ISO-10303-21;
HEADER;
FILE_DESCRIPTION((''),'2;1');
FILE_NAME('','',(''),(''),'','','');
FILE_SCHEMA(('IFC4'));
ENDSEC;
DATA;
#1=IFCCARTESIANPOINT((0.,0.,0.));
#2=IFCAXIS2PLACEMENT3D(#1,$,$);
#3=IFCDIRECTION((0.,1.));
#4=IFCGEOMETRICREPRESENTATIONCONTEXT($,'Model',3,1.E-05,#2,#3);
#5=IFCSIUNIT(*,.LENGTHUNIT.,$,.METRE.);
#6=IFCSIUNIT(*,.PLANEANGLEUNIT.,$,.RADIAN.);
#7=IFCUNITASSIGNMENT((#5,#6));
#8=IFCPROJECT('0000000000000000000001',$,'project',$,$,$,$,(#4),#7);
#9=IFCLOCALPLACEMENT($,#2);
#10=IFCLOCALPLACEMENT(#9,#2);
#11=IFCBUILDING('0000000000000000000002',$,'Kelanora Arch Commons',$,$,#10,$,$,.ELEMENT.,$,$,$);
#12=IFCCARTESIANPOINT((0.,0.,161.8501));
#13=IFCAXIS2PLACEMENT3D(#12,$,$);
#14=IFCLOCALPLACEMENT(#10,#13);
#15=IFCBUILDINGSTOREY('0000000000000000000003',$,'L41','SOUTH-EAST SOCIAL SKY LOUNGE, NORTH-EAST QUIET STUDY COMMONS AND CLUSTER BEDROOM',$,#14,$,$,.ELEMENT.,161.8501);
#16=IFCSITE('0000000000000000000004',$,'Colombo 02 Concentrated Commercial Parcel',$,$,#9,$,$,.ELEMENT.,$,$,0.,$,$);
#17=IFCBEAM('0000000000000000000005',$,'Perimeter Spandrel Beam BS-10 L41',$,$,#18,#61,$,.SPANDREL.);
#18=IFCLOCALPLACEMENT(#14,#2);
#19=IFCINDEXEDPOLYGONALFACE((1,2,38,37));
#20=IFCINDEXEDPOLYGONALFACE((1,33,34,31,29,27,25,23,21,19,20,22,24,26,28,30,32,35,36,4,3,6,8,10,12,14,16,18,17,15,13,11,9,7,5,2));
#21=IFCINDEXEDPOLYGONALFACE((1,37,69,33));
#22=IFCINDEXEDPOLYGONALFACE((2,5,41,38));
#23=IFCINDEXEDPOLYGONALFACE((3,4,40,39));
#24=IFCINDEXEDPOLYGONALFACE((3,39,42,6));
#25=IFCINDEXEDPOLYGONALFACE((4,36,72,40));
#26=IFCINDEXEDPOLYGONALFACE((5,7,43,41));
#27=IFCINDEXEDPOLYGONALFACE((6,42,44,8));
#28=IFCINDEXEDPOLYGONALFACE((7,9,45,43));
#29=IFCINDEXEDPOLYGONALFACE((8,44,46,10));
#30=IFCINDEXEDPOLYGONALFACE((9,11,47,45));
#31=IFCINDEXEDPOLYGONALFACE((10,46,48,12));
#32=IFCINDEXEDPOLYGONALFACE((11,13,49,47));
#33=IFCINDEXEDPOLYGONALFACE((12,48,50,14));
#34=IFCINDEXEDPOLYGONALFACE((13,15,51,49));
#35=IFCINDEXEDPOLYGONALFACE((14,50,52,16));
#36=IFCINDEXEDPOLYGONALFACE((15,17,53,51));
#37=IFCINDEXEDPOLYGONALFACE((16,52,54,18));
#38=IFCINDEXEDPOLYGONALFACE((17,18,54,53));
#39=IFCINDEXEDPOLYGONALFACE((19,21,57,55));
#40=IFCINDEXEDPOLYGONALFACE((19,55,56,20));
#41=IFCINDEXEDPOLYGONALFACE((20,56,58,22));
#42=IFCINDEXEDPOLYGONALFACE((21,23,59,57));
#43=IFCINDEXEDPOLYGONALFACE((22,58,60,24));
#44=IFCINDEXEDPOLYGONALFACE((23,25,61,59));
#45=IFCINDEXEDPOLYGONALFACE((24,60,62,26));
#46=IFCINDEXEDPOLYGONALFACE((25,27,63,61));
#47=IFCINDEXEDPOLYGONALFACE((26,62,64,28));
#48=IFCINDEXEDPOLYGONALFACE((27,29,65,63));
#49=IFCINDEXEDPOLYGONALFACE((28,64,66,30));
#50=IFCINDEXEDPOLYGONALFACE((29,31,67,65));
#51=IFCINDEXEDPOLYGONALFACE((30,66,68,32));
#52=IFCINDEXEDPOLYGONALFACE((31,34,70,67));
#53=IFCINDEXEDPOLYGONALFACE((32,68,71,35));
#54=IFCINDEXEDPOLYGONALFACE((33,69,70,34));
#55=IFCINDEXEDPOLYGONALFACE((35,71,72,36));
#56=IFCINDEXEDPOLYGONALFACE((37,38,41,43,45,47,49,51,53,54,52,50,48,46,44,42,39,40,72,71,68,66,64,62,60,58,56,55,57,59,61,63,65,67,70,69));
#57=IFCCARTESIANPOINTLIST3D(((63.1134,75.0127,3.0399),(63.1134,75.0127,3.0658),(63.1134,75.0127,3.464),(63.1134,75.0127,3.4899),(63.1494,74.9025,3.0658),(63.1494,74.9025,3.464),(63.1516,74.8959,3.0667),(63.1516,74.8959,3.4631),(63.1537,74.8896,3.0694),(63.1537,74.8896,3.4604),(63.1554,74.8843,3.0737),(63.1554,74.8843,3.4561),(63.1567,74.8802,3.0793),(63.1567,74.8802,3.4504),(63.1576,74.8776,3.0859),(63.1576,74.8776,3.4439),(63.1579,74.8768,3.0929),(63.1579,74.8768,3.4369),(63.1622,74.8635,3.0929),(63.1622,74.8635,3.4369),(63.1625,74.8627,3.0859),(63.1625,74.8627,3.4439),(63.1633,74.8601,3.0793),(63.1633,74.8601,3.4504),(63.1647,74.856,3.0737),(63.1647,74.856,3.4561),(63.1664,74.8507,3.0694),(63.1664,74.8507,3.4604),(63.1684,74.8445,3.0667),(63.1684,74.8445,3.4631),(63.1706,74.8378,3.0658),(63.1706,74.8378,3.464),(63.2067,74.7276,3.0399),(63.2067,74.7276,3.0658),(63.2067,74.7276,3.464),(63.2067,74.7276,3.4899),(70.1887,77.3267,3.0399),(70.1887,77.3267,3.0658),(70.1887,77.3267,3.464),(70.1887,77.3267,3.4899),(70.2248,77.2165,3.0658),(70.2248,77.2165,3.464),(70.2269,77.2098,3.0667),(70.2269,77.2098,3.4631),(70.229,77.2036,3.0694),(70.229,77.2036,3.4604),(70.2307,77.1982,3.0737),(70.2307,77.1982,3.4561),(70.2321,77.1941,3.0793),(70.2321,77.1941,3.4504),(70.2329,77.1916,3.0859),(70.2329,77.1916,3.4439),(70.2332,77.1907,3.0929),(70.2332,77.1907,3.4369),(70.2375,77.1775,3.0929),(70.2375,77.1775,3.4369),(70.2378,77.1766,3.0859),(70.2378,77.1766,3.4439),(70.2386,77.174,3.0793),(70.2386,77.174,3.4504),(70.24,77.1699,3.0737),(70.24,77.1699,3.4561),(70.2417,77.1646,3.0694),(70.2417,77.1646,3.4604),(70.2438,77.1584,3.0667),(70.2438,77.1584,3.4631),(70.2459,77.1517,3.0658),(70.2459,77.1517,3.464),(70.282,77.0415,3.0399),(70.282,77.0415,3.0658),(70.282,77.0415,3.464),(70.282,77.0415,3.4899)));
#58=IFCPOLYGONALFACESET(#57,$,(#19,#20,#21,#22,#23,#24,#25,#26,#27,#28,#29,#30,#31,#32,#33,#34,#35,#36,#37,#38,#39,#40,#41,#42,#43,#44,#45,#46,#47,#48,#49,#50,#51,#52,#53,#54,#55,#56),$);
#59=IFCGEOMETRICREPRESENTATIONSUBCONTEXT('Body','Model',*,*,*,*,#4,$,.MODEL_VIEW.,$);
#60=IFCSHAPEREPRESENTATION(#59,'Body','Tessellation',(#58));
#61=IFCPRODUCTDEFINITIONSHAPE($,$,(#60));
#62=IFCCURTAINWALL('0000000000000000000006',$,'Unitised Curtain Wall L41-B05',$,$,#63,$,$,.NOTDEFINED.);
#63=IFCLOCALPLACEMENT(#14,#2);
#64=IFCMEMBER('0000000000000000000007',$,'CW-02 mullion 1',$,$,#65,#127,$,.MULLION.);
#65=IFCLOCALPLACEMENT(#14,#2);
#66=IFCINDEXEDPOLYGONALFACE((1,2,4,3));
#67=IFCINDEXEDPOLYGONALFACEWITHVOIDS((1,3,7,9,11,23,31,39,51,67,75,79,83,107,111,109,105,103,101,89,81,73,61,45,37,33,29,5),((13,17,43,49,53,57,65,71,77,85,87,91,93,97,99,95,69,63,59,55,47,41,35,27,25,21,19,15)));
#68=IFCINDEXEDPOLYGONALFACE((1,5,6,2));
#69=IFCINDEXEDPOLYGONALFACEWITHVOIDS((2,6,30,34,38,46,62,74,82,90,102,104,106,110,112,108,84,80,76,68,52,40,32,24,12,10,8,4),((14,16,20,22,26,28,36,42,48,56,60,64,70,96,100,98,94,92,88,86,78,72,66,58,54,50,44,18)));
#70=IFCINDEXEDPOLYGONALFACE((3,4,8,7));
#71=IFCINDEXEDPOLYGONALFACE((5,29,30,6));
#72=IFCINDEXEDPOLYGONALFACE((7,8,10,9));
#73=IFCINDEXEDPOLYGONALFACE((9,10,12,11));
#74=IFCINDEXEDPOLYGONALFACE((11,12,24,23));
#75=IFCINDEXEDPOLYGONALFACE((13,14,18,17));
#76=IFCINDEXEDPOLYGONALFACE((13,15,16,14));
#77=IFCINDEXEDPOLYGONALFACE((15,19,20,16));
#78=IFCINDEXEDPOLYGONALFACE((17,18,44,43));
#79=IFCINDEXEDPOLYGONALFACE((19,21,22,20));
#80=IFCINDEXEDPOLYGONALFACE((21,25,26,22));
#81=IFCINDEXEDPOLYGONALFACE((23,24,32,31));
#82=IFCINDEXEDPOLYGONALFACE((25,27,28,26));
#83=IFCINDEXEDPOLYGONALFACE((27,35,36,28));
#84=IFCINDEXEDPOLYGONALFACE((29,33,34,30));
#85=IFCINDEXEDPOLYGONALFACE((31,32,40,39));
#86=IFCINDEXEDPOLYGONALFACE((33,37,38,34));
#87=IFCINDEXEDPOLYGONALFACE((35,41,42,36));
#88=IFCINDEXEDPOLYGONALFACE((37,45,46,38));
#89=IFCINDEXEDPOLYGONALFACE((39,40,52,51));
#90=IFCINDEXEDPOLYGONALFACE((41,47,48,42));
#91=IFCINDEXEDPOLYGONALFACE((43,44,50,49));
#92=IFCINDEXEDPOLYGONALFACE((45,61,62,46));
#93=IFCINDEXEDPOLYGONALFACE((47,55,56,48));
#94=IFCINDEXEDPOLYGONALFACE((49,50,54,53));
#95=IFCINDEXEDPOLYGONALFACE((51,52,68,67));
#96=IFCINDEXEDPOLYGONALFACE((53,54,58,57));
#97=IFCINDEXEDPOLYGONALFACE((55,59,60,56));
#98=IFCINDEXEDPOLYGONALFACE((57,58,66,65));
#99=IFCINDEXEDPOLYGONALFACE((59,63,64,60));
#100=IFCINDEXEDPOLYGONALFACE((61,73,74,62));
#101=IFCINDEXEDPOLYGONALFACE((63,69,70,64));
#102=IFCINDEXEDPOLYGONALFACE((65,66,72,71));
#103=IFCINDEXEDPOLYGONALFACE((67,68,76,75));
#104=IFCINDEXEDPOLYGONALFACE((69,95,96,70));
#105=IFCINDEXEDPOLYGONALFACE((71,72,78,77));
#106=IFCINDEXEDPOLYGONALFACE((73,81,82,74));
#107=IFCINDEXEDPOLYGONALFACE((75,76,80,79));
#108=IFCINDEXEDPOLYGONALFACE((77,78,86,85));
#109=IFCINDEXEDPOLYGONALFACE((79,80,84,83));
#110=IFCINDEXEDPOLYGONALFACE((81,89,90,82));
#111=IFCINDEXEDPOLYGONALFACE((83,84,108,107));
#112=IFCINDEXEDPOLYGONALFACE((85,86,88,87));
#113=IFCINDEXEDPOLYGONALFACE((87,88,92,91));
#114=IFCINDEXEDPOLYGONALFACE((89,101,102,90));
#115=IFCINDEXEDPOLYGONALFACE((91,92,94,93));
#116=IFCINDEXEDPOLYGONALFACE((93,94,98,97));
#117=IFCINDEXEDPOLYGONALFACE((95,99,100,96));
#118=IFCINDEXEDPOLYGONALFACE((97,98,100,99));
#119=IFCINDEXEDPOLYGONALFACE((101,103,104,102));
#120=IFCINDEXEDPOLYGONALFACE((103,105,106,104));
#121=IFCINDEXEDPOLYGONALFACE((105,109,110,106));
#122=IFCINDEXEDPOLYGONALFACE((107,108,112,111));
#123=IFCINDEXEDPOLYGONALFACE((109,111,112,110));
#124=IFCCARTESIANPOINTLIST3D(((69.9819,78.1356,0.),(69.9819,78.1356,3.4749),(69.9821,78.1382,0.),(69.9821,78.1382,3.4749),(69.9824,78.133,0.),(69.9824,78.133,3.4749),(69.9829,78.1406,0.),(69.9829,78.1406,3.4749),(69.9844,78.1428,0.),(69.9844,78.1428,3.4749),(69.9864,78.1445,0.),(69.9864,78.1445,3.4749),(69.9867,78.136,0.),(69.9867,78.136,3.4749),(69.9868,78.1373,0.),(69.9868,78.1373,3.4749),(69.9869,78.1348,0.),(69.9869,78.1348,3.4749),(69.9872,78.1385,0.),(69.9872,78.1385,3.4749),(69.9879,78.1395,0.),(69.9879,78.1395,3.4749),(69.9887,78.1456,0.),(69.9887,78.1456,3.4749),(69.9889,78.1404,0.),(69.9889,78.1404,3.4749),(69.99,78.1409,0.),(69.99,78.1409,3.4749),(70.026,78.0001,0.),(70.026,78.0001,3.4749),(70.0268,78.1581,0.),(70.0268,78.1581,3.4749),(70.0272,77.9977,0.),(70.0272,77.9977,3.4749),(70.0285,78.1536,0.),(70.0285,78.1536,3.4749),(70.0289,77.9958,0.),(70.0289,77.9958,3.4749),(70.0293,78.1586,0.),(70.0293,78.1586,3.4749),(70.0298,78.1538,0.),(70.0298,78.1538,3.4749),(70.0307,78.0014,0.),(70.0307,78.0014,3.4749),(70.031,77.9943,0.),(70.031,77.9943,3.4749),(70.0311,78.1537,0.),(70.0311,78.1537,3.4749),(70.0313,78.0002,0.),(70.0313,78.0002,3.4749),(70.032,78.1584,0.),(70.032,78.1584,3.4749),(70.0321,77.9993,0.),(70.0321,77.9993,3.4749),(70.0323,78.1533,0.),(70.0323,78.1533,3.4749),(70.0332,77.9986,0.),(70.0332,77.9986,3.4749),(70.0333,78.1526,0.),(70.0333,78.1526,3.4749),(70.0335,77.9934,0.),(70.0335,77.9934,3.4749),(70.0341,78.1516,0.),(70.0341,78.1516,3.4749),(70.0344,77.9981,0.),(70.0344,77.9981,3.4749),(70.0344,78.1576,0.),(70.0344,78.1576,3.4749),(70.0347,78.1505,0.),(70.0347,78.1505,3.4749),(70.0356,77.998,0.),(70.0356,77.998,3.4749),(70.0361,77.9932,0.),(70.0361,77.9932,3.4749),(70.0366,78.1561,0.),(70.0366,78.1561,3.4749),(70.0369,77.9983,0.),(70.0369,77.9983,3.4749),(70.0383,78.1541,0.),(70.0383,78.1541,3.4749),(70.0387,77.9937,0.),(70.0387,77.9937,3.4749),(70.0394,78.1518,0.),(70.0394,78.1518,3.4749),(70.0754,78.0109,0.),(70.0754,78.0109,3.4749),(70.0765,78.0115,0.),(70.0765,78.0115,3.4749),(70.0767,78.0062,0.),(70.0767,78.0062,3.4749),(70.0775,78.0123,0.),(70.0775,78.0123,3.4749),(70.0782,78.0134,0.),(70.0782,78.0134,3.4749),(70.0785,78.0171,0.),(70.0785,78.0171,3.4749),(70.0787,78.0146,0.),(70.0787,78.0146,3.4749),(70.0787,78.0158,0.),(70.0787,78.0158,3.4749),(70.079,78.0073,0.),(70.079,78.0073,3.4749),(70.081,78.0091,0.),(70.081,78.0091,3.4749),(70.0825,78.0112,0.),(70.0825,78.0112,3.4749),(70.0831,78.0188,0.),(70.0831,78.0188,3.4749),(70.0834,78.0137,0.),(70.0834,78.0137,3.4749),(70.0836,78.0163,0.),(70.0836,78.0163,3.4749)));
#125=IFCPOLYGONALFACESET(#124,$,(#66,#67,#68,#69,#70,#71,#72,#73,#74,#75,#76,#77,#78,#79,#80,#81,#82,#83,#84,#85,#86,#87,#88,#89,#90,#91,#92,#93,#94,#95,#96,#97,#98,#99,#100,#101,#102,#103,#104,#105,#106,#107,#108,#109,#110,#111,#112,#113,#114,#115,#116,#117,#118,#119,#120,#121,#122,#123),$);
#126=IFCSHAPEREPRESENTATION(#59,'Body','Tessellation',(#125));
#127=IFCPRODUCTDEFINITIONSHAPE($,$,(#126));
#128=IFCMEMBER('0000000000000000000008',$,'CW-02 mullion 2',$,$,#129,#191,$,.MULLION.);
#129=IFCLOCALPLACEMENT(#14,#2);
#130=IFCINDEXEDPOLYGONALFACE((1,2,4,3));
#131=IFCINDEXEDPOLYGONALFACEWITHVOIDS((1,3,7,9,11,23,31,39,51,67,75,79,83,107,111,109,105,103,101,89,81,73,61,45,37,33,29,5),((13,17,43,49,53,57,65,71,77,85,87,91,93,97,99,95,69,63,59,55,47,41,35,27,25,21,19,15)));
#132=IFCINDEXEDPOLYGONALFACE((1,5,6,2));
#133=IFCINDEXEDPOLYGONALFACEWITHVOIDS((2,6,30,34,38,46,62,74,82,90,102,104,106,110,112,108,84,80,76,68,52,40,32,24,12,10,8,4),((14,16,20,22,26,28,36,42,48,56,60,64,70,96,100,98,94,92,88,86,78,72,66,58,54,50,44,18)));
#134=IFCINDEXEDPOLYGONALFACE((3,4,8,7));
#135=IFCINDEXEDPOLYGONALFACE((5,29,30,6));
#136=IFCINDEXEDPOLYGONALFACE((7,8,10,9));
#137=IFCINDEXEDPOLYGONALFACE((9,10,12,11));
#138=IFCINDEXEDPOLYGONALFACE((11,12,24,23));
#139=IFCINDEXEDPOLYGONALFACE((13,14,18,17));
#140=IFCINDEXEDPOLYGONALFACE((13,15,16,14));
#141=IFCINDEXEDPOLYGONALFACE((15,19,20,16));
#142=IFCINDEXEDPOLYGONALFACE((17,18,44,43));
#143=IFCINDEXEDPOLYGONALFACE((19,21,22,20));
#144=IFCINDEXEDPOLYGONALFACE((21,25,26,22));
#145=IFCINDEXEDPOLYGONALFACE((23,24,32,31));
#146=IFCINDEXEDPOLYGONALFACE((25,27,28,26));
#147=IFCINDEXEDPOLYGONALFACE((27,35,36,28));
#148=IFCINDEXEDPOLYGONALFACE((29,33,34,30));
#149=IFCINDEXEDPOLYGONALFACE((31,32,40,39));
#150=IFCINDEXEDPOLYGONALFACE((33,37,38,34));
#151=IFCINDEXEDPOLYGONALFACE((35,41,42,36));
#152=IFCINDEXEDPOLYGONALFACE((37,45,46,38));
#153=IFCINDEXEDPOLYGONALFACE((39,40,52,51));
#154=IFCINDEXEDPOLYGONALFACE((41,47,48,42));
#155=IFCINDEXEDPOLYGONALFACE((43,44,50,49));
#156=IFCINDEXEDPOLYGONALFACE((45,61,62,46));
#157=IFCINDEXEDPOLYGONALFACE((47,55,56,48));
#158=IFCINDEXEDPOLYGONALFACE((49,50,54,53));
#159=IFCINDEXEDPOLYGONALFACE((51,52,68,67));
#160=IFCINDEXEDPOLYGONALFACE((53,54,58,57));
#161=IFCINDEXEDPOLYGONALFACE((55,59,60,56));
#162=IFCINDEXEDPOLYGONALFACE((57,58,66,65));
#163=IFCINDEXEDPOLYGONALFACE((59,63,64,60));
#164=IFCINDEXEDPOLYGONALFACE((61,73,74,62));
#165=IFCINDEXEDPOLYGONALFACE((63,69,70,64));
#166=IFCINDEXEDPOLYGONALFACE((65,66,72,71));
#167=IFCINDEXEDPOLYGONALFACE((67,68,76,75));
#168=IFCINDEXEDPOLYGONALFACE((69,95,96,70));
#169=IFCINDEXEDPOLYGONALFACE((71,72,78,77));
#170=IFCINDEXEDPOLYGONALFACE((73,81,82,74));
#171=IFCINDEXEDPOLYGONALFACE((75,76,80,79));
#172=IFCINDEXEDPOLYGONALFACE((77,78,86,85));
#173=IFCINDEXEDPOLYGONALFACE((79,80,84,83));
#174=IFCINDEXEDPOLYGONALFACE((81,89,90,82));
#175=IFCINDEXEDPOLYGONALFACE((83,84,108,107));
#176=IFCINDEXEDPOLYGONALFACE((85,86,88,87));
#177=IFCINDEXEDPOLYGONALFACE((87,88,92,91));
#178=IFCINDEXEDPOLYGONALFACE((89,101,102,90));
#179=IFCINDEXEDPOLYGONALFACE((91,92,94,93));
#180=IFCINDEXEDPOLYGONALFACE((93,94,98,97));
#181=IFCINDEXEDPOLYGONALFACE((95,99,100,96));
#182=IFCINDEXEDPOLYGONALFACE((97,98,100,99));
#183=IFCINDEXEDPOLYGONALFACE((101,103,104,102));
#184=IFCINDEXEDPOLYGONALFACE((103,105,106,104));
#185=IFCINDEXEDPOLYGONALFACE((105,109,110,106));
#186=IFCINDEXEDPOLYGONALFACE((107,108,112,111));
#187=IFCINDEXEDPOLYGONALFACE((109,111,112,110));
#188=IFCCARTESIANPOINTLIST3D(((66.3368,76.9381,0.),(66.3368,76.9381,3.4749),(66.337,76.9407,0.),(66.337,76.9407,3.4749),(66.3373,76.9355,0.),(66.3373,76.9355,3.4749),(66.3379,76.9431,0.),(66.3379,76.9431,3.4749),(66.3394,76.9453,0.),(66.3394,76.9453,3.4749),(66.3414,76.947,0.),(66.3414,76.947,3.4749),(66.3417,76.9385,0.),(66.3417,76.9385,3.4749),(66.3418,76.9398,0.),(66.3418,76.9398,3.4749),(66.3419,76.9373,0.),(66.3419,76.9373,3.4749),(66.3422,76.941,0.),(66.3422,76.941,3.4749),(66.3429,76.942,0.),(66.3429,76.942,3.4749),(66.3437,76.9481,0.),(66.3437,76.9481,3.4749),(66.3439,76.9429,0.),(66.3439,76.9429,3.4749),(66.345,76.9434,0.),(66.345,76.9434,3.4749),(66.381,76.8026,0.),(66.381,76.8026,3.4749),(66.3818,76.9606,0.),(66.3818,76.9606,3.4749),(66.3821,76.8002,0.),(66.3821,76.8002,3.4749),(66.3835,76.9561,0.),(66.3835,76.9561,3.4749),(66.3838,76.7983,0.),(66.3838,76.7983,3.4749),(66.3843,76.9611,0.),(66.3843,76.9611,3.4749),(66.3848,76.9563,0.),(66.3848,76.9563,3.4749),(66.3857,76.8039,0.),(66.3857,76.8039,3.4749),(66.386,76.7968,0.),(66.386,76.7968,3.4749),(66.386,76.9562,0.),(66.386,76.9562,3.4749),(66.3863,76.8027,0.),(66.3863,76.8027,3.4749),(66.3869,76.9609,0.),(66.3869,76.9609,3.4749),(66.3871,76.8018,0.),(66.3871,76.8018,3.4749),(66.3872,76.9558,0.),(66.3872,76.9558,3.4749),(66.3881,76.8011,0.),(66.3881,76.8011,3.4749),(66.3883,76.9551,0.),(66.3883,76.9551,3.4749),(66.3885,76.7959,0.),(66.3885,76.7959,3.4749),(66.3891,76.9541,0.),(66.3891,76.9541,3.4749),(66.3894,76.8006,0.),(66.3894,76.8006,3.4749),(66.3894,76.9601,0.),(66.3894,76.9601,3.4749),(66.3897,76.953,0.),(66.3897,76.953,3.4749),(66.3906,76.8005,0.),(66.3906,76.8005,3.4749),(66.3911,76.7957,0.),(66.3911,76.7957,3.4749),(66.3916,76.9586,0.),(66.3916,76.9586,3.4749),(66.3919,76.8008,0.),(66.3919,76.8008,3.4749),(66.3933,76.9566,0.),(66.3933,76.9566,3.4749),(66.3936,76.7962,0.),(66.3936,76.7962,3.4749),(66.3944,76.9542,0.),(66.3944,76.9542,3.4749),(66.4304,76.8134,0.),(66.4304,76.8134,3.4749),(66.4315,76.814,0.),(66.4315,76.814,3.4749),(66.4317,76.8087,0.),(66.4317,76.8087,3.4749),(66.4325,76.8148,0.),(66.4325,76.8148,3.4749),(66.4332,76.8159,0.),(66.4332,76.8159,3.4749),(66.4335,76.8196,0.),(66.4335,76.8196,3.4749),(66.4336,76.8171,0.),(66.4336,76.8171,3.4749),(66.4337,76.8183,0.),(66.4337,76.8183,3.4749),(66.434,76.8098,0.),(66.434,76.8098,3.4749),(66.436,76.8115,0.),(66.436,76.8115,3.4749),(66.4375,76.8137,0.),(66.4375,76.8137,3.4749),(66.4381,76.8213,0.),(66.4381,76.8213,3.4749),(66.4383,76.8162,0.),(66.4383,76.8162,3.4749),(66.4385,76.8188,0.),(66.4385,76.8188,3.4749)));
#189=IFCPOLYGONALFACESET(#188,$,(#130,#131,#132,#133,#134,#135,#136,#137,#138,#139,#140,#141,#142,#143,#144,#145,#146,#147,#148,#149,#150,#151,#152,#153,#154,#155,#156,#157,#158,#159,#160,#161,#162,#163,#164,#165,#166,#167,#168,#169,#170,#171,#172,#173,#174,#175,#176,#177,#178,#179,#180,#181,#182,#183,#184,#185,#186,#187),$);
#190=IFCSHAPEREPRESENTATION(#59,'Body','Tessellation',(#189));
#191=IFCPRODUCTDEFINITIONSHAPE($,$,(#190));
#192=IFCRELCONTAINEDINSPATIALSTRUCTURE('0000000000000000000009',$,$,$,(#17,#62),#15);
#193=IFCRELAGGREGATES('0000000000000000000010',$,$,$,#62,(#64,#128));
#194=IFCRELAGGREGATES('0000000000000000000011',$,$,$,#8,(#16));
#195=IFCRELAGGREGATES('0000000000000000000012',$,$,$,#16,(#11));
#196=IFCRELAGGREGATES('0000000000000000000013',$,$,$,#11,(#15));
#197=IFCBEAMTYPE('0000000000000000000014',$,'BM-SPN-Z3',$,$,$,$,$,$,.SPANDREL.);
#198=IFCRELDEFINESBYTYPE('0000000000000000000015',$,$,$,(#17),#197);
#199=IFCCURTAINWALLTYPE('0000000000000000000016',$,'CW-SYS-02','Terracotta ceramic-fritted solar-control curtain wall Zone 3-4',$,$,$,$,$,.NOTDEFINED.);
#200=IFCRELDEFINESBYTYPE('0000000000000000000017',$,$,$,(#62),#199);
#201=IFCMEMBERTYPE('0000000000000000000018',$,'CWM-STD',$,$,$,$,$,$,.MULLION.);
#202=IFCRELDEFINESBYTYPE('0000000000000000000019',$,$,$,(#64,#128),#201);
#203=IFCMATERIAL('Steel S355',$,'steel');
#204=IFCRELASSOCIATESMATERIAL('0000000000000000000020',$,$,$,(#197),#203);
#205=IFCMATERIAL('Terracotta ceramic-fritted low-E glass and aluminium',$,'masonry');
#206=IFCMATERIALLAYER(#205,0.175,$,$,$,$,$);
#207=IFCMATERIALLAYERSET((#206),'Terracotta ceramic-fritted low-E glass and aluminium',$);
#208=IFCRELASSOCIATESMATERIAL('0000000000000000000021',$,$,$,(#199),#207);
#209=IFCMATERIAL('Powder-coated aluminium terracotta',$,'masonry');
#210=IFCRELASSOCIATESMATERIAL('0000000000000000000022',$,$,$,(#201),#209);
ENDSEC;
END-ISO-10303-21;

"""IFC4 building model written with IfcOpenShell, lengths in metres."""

from ifc_helpers import new_model, si_unit, direction, frame, origin, origin_2d, place, context, subcontext, project, spatial, hollow_rectangle, i_section, extrude, material, layer, layer_set, material_profile, profile_set, type_object, element, aggregate, save


model = new_model("IFC4")

# Units and contexts
model_context = context("Model", 3, precision=1e-05, world=origin(), true_north=direction((0.0, 1.0)))
body_context = subcontext(model_context, "Body", "Model", "MODEL_VIEW")
ifc_project = project(units=[si_unit("LENGTHUNIT", "METRE"), si_unit("PLANEANGLEUNIT", "RADIAN")], contexts=[model_context])

# Site, building, storey
site_placement = place(None, origin())
site = spatial("IfcSite", under=ifc_project, at=site_placement, Name="Colombo 02 Concentrated Commercial Parcel", CompositionType="ELEMENT", RefElevation=0.0)
building_placement = place(site_placement, origin())
building = spatial("IfcBuilding", under=site, at=building_placement, Name="Kelanora Arch Commons", CompositionType="ELEMENT")
storey_placement = place(building_placement, frame((0.0, 0.0, 161.8501)))
storey = spatial("IfcBuildingStorey", under=building, at=storey_placement, Name="L41", Description="SOUTH-EAST SOCIAL SKY LOUNGE, NORTH-EAST QUIET STUDY COMMONS AND CLUSTER BEDROOM", CompositionType="ELEMENT", Elevation=161.8501)

# Beam
ifc_material_1 = material(Name="Steel S355", Category="steel")
ifc_material_profile_1 = material_profile(ifc_material_1, i_section(OverallWidth=0.3, OverallDepth=0.45, WebThickness=0.0139, FlangeThickness=0.0259, FilletRadius=0.0271, at=origin_2d()), Name="HEB450")
ifc_profile_set_1 = profile_set([ifc_material_profile_1], Name="Steel S355")
beam_type_1 = type_object("IfcBeamType", Name="BM-SPN-Z3", PredefinedType="SPANDREL", material=ifc_profile_set_1)
beam_1_placement = place(storey_placement, frame((70.2354, 77.1841, 3.2649), z_axis=(-0.950462, -0.310841, 0.0), x_axis=(0.310841, -0.950462, 0.0)))
element("IfcBeam", 1, at=beam_1_placement, inside=storey, type_object=beam_type_1, Name="Perimeter Spandrel Beam BS-10 L41", PredefinedType="SPANDREL", context=body_context, shape_type="SweptSolid", body=[
    extrude(i_section(OverallWidth=0.3, OverallDepth=0.45, WebThickness=0.0139, FlangeThickness=0.0259, FilletRadius=0.0271, at=origin_2d()), origin(), (0.0, 0.0, 1.0), 7.4441),
])

# Curtain wall, members
ifc_material_2 = material(Name="Terracotta ceramic-fritted low-E glass and aluminium", Category="masonry")
ifc_layer_1 = layer(ifc_material_2, 0.175)
ifc_layer_set_1 = layer_set([ifc_layer_1], Name="Terracotta ceramic-fritted low-E glass and aluminium")
curtain_wall_type = type_object("IfcCurtainWallType", Name="CW-SYS-02", Description="Terracotta ceramic-fritted solar-control curtain wall Zone 3-4", PredefinedType="NOTDEFINED", material=ifc_layer_set_1)
curtain_wall_placement = place(storey_placement, origin())
curtain_wall = element("IfcCurtainWall", 2, at=curtain_wall_placement, inside=storey, type_object=curtain_wall_type, Name="Unitised Curtain Wall L41-B05", PredefinedType="NOTDEFINED")
ifc_material_3 = material(Name="Powder-coated aluminium terracotta", Category="masonry")
ifc_material_profile_2 = material_profile(ifc_material_3, hollow_rectangle(XDim=0.1599, YDim=0.0601, WallThickness=0.0049, InnerFilletRadius=0.0049, OuterFilletRadius=0.01, at=origin_2d()), Name="CWM160x60")
ifc_profile_set_2 = profile_set([ifc_material_profile_2], Name="Powder-coated aluminium terracotta")
member_type_1 = type_object("IfcMemberType", Name="CWM-STD", PredefinedType="MULLION", material=ifc_profile_set_2)
member_1_placement = place(storey_placement, frame((70.0327, 78.0759, 0.0), z_axis=(0.0, 0.0, 1.0), x_axis=(0.312128, -0.95004, 0.0)))
member_1 = element("IfcMember", 3, at=member_1_placement, type_object=member_type_1, Name="CW-02 mullion 1", PredefinedType="MULLION", context=body_context, shape_type="SweptSolid", body=[
    extrude(hollow_rectangle(XDim=0.1599, YDim=0.0601, WallThickness=0.0049, InnerFilletRadius=0.0049, OuterFilletRadius=0.01, at=origin_2d()), origin(), (0.0, 0.0, 1.0), 3.4749),
])
member_2_placement = place(storey_placement, frame((66.3877, 76.8784, 0.0), z_axis=(0.0, 0.0, 1.0), x_axis=(0.312128, -0.95004, 0.0)))
member_2 = element("IfcMember", 4, at=member_2_placement, type_object=member_type_1, Name="CW-02 mullion 2", PredefinedType="MULLION", context=body_context, shape_type="SweptSolid", body=[
    extrude(hollow_rectangle(XDim=0.1599, YDim=0.0601, WallThickness=0.0049, InnerFilletRadius=0.0049, OuterFilletRadius=0.01, at=origin_2d()), origin(), (0.0, 0.0, 1.0), 3.4749),
])
aggregate(curtain_wall, [member_1, member_2])

save(model, "model.ifc")
